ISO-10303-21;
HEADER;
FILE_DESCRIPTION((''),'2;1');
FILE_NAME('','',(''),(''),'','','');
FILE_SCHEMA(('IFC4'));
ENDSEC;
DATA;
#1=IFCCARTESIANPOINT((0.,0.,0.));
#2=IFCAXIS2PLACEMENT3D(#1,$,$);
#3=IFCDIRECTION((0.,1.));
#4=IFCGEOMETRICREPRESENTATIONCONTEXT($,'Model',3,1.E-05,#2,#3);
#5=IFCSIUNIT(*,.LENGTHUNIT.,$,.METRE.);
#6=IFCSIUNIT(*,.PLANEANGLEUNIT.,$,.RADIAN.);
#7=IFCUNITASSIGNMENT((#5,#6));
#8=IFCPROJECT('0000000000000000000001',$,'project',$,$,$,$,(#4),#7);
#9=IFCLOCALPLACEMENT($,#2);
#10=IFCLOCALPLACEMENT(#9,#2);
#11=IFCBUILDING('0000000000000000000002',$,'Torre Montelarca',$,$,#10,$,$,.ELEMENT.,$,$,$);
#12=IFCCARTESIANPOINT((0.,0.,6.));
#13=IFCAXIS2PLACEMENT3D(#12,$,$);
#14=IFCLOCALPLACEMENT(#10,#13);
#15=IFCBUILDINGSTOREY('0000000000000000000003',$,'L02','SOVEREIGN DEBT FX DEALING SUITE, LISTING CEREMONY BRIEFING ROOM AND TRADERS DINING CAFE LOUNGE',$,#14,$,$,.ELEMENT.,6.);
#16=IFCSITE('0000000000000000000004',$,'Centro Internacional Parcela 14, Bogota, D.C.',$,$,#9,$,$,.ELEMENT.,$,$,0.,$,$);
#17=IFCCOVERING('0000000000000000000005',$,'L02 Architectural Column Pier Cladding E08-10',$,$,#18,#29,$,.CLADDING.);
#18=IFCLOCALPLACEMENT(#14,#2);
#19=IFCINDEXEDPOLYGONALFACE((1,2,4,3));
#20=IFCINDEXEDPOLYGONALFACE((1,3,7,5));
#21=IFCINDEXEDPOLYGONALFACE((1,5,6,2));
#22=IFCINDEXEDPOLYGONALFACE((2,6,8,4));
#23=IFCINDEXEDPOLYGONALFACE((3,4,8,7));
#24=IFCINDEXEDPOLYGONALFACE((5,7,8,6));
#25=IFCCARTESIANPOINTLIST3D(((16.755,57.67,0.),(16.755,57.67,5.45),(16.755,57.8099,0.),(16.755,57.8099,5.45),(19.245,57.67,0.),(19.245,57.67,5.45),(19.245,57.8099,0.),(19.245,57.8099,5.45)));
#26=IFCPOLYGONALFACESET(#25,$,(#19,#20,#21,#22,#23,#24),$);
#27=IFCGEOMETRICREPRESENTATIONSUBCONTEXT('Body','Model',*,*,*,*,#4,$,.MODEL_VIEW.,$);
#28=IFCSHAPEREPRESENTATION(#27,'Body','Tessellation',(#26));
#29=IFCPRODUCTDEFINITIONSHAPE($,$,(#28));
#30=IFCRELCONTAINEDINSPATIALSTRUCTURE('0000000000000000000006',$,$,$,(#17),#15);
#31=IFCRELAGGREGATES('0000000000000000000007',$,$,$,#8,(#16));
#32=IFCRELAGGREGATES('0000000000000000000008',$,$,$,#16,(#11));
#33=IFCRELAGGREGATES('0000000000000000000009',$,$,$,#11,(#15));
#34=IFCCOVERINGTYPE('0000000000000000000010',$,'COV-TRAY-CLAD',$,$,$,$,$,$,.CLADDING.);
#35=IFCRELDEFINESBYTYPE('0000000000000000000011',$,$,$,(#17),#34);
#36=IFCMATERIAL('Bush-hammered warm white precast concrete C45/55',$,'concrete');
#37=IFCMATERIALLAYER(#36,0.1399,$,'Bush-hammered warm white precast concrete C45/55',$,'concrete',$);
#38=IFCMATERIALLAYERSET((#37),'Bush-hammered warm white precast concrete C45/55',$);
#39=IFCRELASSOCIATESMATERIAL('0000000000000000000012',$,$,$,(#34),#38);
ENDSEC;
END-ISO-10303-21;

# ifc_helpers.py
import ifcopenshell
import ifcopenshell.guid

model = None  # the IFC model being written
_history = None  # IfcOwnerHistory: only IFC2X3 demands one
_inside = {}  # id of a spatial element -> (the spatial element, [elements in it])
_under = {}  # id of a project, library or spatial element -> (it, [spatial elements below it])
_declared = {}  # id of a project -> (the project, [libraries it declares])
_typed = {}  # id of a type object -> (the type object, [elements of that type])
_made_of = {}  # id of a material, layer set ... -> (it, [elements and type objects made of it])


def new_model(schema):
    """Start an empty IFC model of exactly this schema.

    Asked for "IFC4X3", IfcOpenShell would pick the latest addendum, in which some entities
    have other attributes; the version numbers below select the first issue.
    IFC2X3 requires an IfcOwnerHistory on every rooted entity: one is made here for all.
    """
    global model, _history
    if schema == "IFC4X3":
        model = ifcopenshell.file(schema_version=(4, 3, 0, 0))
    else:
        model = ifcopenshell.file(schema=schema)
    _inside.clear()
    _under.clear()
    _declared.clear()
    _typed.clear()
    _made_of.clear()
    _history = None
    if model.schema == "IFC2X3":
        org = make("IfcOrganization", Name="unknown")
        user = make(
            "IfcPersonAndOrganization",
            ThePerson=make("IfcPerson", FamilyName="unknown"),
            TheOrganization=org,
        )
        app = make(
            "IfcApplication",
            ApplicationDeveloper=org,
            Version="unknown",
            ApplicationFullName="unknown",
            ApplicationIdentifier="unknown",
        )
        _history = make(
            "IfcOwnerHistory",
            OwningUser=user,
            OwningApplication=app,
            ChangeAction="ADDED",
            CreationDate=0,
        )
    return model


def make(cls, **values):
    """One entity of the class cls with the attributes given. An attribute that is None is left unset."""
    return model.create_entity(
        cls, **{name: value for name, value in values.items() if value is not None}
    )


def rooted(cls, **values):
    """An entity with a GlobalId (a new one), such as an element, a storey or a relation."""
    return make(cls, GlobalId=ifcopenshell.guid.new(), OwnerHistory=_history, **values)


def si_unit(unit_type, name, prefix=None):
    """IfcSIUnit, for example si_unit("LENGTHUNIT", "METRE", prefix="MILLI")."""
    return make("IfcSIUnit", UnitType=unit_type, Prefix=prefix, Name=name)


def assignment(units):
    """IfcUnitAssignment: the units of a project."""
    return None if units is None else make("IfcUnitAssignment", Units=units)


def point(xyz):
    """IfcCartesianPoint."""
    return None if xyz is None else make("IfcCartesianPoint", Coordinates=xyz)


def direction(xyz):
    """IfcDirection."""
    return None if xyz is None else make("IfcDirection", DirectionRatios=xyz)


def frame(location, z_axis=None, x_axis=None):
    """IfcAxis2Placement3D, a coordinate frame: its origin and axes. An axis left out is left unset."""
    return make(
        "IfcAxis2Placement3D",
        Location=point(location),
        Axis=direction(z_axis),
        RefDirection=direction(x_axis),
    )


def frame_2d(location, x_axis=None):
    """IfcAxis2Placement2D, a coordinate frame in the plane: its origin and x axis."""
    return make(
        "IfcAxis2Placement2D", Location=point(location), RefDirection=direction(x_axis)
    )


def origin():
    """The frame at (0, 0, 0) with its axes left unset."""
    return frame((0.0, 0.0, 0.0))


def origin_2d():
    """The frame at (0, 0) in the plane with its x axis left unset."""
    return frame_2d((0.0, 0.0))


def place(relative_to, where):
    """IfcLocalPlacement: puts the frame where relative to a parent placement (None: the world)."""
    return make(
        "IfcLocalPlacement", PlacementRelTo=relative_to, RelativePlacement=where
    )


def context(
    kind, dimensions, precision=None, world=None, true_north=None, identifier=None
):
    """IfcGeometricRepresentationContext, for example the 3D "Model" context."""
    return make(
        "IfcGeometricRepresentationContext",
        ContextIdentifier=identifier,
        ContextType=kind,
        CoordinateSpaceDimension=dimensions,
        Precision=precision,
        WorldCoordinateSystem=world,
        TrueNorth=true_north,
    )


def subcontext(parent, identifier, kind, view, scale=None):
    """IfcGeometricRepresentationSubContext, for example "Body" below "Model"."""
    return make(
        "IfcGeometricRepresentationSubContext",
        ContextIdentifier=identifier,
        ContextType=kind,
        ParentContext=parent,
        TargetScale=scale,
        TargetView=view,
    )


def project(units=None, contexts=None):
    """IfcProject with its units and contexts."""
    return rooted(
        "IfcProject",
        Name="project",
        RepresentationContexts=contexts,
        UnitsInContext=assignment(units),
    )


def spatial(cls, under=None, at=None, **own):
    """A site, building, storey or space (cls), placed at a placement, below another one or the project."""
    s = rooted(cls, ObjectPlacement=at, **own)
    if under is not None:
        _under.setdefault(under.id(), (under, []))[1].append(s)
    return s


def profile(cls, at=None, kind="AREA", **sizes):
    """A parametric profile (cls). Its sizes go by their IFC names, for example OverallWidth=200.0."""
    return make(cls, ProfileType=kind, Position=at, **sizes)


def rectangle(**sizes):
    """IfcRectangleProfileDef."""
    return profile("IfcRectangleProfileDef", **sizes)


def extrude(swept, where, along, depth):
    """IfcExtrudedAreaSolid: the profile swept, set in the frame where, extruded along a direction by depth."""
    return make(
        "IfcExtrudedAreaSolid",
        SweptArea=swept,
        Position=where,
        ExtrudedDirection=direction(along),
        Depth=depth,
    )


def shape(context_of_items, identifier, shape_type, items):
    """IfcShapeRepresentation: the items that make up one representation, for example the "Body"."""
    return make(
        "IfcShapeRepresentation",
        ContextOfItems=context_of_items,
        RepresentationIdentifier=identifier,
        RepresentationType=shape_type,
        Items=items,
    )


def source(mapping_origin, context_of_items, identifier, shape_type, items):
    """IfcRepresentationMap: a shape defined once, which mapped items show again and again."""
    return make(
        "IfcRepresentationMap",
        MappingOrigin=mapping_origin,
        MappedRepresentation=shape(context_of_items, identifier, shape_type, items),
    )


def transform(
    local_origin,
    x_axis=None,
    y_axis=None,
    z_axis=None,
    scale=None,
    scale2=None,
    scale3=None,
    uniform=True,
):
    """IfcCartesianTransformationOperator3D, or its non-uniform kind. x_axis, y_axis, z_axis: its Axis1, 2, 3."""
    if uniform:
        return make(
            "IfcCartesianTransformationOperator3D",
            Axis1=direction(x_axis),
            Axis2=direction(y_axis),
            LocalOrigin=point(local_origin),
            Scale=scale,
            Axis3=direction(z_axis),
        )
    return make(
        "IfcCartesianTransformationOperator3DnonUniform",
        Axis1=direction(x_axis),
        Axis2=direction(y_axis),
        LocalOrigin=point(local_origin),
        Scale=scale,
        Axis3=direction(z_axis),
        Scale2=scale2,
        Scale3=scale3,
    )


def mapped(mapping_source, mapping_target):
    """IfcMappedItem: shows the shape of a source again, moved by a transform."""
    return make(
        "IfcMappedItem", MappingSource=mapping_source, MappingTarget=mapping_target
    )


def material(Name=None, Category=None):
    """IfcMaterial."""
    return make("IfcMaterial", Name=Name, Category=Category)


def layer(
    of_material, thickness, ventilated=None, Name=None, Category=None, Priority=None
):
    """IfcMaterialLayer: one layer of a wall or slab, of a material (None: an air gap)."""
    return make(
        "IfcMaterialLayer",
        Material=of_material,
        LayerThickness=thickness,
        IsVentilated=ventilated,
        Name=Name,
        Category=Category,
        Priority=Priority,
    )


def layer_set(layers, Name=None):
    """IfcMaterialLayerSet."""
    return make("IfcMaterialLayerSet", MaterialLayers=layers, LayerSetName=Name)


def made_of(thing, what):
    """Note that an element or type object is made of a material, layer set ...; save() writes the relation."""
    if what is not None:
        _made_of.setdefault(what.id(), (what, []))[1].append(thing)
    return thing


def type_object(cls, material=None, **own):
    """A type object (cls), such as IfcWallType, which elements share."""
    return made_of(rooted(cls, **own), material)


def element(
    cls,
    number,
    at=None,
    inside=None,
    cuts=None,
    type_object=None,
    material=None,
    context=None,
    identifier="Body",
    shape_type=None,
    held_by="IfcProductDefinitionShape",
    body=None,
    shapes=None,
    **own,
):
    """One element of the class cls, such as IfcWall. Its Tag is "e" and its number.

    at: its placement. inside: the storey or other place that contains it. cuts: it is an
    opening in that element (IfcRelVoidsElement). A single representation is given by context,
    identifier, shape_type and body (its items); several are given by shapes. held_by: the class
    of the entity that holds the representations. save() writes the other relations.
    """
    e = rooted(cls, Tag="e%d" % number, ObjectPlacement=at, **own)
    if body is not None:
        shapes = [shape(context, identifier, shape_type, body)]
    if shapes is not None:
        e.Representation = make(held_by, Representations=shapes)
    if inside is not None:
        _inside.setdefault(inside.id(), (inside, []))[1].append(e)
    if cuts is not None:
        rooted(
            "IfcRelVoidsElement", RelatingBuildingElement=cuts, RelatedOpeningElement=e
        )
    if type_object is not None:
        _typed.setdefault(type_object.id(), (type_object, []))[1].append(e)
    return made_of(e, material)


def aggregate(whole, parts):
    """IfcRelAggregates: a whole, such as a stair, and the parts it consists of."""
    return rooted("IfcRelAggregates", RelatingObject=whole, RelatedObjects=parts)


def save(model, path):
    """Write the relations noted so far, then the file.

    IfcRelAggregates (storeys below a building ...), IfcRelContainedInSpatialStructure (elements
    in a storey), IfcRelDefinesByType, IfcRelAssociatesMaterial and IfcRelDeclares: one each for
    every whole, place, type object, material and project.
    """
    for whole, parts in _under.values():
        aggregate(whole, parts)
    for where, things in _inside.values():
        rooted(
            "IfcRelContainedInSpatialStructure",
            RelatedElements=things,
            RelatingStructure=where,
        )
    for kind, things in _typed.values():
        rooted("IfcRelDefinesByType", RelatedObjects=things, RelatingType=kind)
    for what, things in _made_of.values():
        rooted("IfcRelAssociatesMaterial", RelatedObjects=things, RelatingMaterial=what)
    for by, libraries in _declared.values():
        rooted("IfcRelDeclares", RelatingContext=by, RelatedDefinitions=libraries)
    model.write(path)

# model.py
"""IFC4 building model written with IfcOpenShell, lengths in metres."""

from ifc_helpers import new_model, si_unit, direction, frame, origin, origin_2d, place, context, subcontext, project, spatial, rectangle, extrude, source, transform, mapped, material, layer, layer_set, type_object, element, save


model = new_model("IFC4")

# Units and contexts
model_context = context("Model", 3, precision=1e-05, world=origin(), true_north=direction((0.0, 1.0)))
body_context = subcontext(model_context, "Body", "Model", "MODEL_VIEW")
ifc_project = project(units=[si_unit("LENGTHUNIT", "METRE"), si_unit("PLANEANGLEUNIT", "RADIAN")], contexts=[model_context])

# Site, building, storey
site_placement = place(None, origin())
site = spatial("IfcSite", under=ifc_project, at=site_placement, Name="Centro Internacional Parcela 14, Bogota, D.C.", CompositionType="ELEMENT", RefElevation=0.0)
building_placement = place(site_placement, origin())
building = spatial("IfcBuilding", under=site, at=building_placement, Name="Torre Montelarca", CompositionType="ELEMENT")
storey_placement = place(building_placement, frame((0.0, 0.0, 6.0)))
storey = spatial("IfcBuildingStorey", under=building, at=storey_placement, Name="L02", Description="SOVEREIGN DEBT FX DEALING SUITE, LISTING CEREMONY BRIEFING ROOM AND TRADERS DINING CAFE LOUNGE", CompositionType="ELEMENT", Elevation=6.0)

# Covering
ifc_material_1 = material(Name="Bush-hammered warm white precast concrete C45/55", Category="concrete")
ifc_layer_1 = layer(ifc_material_1, 0.1399, Name="Bush-hammered warm white precast concrete C45/55", Category="concrete")
ifc_layer_set_1 = layer_set([ifc_layer_1], Name="Bush-hammered warm white precast concrete C45/55")
covering_type = type_object("IfcCoveringType", Name="COV-TRAY-CLAD", PredefinedType="CLADDING", material=ifc_layer_set_1)
shared_shape_1 = source(origin(), body_context, "Body", "SweptSolid", [
    extrude(rectangle(XDim=2.49, YDim=0.1399, at=origin_2d()), origin(), (0.0, 0.0, 1.0), 5.45),
])
covering_placement = place(storey_placement, frame((18.0, 57.74, 0.0), z_axis=(0.0, 0.0, 1.0), x_axis=(-1.0, 0.0, 0.0)))
element("IfcCovering", 1, at=covering_placement, inside=storey, type_object=covering_type, Name="L02 Architectural Column Pier Cladding E08-10", PredefinedType="CLADDING", context=body_context, shape_type="MappedRepresentation", body=[
    mapped(shared_shape_1, transform((0.0, 0.0, 0.0), scale=1.0)),
])

save(model, "model.ifc")
